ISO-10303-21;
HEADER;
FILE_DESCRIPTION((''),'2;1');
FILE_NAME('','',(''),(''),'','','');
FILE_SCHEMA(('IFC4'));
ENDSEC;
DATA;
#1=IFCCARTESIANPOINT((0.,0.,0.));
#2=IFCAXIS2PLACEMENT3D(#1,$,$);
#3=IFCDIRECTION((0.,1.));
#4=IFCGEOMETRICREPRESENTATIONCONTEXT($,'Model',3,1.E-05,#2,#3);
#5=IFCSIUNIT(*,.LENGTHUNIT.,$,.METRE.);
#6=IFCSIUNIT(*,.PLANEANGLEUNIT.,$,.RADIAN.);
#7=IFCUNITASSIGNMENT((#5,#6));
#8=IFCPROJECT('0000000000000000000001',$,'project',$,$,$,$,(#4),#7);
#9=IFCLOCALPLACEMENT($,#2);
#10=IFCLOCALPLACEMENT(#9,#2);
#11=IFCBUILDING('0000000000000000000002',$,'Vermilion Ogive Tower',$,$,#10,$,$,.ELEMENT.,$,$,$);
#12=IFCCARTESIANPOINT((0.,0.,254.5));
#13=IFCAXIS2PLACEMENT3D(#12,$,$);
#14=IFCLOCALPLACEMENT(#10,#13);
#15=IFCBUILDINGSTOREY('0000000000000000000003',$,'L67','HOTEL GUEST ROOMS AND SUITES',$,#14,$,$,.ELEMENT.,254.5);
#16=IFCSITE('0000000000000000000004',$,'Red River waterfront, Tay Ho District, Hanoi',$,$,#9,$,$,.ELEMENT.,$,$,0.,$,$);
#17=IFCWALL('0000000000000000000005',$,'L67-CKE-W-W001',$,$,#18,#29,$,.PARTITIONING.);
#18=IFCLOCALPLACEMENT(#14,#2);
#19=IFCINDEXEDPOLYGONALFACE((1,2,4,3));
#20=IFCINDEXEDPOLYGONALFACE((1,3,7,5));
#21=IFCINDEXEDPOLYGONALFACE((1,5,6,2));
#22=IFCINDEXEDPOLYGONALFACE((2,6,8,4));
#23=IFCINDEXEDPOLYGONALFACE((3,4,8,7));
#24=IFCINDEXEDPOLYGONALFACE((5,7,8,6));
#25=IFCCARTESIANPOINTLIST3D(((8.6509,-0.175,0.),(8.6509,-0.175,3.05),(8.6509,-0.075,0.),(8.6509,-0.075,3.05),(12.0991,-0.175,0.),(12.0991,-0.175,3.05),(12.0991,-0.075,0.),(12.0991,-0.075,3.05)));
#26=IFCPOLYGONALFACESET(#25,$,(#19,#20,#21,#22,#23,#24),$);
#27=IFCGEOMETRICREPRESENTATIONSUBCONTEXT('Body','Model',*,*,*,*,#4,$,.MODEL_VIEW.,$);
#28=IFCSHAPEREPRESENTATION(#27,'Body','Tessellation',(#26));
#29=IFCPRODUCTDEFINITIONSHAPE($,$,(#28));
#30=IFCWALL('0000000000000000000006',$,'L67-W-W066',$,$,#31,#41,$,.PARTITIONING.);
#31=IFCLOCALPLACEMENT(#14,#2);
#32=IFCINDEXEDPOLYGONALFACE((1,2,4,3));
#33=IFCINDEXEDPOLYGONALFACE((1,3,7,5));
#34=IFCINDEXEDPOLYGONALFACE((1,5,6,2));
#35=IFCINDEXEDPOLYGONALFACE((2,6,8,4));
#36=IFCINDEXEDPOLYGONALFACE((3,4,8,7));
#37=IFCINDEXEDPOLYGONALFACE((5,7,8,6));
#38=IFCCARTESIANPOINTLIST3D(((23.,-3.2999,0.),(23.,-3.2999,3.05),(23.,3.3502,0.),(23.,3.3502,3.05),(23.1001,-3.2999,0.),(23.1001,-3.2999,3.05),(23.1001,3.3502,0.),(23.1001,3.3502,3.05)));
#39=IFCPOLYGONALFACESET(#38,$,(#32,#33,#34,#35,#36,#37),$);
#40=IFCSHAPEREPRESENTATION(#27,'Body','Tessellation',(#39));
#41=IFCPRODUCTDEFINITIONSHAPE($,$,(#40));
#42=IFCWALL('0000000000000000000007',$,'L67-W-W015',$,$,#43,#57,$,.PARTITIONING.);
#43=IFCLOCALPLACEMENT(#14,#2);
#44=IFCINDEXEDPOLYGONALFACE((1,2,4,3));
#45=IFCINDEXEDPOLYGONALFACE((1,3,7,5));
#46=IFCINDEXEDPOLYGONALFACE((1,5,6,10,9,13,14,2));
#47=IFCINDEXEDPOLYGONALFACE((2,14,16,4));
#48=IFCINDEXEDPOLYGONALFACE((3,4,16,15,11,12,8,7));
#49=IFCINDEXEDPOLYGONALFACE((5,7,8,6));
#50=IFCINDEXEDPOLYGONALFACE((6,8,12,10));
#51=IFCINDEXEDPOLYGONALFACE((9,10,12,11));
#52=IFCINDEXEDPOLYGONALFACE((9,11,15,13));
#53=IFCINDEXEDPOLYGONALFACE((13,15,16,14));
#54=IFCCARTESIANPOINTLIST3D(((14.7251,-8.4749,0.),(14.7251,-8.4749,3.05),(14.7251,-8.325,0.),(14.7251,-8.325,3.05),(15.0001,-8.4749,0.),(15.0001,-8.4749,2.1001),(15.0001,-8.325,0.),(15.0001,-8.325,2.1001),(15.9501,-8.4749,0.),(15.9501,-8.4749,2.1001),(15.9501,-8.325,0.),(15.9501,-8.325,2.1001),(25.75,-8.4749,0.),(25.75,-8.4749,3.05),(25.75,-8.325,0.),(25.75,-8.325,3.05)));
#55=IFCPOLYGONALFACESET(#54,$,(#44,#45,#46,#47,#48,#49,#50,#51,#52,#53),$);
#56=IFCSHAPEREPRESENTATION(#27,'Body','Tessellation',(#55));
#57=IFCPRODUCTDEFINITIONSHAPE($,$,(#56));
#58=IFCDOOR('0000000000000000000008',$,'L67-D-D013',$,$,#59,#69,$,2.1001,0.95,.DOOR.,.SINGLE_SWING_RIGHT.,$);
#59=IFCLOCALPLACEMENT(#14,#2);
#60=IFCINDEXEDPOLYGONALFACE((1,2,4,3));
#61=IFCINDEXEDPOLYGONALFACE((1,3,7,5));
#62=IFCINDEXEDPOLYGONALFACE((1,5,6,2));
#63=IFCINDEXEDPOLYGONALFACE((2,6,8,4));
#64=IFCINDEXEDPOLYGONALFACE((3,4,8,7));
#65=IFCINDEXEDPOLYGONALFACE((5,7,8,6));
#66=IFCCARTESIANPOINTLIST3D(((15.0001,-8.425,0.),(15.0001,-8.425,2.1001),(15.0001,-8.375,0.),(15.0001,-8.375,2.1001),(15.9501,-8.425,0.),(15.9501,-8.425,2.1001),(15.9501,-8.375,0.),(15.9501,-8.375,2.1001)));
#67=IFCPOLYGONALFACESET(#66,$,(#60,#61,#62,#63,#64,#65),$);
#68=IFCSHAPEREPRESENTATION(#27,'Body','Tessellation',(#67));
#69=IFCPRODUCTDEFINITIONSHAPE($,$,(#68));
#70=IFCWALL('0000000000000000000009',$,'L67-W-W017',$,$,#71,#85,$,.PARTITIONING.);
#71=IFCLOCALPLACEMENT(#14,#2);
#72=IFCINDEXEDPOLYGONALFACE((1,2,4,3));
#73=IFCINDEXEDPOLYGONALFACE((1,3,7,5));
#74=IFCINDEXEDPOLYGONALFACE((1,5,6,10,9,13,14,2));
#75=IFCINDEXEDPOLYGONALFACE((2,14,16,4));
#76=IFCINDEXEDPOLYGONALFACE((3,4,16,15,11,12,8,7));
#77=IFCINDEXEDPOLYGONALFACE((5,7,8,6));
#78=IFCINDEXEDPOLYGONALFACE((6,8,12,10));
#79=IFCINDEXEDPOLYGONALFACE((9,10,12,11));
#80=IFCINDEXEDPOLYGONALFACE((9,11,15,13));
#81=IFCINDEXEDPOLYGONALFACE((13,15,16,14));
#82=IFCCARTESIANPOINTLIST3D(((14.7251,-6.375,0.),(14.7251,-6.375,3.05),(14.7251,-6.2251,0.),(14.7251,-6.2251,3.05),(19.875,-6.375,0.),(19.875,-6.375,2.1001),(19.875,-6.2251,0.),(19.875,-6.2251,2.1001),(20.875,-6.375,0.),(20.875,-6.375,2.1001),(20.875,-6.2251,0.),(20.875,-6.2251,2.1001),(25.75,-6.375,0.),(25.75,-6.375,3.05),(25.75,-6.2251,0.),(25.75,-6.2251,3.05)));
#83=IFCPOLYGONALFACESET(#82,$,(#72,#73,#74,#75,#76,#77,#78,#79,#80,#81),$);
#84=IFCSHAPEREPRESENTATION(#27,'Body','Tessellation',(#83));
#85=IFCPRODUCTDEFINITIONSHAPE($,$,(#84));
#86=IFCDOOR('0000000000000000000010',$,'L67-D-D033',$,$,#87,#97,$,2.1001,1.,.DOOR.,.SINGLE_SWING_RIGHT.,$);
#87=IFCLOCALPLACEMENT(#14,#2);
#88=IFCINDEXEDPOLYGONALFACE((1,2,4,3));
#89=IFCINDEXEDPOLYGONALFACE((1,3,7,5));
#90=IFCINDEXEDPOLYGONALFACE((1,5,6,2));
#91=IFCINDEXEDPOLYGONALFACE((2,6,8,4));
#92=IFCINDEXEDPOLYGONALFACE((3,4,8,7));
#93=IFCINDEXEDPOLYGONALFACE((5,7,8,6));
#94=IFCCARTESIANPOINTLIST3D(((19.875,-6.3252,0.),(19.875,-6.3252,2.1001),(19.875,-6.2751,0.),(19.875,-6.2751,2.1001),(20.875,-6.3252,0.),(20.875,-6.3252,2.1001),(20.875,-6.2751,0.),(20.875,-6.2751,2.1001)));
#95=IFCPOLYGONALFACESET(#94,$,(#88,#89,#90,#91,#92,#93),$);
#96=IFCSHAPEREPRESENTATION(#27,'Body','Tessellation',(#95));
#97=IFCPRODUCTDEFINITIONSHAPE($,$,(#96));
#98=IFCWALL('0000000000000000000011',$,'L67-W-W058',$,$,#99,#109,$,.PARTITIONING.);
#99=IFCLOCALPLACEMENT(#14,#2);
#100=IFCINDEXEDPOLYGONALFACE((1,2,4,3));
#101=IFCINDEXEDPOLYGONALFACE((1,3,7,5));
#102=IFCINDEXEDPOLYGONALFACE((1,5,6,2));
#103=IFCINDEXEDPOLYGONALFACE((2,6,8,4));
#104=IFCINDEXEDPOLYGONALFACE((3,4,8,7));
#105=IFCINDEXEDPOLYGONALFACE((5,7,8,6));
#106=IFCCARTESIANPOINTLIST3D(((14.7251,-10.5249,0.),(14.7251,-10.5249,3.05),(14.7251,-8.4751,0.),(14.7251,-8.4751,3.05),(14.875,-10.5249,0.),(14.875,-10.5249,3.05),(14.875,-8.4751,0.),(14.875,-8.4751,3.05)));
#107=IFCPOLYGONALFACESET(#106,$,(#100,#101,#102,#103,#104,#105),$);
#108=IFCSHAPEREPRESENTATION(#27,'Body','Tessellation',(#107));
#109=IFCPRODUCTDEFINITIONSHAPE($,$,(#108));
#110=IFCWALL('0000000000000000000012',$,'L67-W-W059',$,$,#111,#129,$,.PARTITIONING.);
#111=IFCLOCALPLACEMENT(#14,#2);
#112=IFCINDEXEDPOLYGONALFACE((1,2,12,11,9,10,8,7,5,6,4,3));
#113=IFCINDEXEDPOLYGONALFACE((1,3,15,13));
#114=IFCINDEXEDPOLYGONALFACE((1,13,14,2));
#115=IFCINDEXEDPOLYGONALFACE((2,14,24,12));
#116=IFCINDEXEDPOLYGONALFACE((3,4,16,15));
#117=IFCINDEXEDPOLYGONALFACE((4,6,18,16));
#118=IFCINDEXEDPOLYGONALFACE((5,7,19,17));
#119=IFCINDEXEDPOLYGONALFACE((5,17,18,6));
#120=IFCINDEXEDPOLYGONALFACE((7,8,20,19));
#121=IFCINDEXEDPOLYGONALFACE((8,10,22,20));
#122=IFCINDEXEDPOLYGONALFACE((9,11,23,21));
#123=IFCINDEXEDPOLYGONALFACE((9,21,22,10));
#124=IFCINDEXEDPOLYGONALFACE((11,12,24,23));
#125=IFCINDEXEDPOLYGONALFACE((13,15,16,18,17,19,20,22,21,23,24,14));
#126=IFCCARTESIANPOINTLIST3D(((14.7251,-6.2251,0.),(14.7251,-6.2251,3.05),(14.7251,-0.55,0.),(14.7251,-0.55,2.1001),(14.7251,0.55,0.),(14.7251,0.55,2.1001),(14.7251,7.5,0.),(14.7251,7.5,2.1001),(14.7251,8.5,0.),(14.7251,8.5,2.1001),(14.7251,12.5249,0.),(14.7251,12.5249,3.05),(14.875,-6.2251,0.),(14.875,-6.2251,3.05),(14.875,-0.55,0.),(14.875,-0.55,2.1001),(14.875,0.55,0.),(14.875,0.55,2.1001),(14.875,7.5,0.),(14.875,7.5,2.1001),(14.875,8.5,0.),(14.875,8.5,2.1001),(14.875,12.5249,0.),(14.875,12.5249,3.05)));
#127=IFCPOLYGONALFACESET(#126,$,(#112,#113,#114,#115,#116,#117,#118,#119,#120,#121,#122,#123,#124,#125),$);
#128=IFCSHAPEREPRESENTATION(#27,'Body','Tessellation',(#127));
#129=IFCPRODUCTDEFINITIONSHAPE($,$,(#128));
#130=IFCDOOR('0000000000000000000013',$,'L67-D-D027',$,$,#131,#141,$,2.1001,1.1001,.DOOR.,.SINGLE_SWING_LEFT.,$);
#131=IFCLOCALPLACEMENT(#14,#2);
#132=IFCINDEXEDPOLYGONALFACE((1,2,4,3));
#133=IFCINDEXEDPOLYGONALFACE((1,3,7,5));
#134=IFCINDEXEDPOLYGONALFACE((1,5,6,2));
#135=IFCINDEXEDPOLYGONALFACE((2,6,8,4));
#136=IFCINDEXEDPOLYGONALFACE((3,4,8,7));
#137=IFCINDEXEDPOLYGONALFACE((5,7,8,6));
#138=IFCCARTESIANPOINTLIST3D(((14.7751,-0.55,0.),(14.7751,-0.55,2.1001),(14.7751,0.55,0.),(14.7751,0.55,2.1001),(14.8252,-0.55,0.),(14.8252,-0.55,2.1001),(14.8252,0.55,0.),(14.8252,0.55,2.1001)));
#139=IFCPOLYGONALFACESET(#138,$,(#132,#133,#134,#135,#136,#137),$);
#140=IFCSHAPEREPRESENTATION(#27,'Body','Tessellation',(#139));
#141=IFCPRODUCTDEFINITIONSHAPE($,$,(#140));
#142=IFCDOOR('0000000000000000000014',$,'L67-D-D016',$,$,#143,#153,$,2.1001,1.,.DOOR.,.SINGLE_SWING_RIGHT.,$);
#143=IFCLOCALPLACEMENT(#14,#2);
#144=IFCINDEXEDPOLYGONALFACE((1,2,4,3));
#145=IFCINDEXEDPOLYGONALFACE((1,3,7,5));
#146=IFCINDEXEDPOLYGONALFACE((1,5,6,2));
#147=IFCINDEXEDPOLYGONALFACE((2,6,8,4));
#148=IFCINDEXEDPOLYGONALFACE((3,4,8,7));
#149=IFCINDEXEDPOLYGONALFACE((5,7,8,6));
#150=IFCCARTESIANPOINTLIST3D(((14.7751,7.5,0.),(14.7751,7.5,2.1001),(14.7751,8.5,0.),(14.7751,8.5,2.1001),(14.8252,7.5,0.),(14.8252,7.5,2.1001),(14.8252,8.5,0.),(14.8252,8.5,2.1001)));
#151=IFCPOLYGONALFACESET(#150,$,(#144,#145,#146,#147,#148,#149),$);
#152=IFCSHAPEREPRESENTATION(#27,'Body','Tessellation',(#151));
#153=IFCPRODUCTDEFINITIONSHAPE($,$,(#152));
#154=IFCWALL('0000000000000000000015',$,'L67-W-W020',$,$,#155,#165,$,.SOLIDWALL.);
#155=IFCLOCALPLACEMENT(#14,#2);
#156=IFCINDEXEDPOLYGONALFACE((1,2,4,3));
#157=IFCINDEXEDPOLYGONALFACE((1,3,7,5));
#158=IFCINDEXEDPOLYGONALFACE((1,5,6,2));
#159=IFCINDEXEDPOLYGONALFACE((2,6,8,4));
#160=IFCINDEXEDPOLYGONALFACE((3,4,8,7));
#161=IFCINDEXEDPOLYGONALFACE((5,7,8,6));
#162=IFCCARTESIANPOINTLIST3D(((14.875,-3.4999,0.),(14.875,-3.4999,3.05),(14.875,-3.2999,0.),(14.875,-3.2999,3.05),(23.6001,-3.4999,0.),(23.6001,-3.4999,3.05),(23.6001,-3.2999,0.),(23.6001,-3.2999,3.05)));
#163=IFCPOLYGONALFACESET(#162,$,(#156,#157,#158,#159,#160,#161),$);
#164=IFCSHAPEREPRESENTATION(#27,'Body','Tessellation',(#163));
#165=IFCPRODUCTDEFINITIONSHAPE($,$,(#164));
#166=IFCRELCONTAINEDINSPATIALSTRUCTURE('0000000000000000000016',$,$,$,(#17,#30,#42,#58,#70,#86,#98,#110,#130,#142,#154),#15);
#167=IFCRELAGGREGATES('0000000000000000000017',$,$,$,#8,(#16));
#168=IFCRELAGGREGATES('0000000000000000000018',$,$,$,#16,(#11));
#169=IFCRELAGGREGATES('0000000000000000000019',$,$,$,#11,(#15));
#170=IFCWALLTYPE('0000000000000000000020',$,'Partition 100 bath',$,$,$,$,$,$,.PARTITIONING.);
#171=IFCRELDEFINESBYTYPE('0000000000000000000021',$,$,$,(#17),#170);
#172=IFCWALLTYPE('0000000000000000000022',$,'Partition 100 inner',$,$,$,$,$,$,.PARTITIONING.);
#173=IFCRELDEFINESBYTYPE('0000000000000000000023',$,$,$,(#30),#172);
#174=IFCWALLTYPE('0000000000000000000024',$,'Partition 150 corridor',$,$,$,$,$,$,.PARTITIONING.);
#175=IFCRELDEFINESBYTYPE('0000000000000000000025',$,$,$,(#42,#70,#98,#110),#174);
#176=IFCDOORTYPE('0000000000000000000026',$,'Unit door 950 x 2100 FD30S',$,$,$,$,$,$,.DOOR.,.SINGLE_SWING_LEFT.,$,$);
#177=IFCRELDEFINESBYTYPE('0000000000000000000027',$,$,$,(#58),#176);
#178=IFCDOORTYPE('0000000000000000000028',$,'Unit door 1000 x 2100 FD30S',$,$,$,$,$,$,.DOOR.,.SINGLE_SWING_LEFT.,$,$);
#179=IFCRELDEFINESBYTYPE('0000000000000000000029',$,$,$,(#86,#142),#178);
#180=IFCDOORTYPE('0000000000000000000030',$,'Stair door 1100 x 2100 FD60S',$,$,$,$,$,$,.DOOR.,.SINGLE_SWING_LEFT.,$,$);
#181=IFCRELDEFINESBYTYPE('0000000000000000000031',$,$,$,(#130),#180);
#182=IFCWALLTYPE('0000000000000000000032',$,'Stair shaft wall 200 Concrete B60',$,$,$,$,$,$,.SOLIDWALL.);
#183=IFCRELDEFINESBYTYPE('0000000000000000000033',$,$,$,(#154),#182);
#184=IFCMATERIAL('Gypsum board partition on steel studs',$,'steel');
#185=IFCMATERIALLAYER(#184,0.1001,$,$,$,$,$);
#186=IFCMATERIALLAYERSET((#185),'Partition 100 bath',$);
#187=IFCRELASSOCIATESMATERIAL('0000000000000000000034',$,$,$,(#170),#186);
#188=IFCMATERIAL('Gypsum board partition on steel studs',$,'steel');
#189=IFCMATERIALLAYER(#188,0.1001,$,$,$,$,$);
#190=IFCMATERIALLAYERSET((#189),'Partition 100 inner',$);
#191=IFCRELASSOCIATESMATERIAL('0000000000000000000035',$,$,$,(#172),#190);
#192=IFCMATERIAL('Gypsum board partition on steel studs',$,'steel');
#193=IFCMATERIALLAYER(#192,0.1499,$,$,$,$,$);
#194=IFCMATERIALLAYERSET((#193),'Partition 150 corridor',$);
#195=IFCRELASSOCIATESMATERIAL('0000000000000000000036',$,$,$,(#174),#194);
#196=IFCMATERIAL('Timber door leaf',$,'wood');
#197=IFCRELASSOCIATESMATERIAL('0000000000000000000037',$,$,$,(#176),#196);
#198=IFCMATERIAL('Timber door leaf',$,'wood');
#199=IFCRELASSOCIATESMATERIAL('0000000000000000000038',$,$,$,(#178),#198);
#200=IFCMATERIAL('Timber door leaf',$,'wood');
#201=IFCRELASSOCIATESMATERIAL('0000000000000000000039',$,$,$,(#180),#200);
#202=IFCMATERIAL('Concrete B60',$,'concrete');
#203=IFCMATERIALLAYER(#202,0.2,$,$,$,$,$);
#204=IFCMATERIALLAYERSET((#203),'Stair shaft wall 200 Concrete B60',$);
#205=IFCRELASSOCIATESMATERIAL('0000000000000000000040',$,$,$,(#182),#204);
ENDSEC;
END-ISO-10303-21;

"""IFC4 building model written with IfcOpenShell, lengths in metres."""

from ifc_helpers import new_model, si_unit, direction, frame, frame_2d, origin, place, context, subcontext, project, spatial, rectangle, extrude, material, layer, layer_set, type_object, element, fill, save


model = new_model("IFC4")

# Units and contexts
model_context = context("Model", 3, precision=1e-05, world=origin(), true_north=direction((0.0, 1.0)))
body_context = subcontext(model_context, "Body", "Model", "MODEL_VIEW")
ifc_project = project(units=[si_unit("LENGTHUNIT", "METRE"), si_unit("PLANEANGLEUNIT", "RADIAN")], contexts=[model_context])

# Site, building, storey
site_placement = place(None, origin())
site = spatial("IfcSite", under=ifc_project, at=site_placement, Name="Red River waterfront, Tay Ho District, Hanoi", CompositionType="ELEMENT", RefElevation=0.0)
building_placement = place(site_placement, origin())
building = spatial("IfcBuilding", under=site, at=building_placement, Name="Vermilion Ogive Tower", CompositionType="ELEMENT")
storey_placement = place(building_placement, frame((0.0, 0.0, 254.5)))
storey = spatial("IfcBuildingStorey", under=building, at=storey_placement, Name="L67", Description="HOTEL GUEST ROOMS AND SUITES", CompositionType="ELEMENT", Elevation=254.5)

# Walls
ifc_material_1 = material(Name="Gypsum board partition on steel studs", Category="steel")
ifc_layer_1 = layer(ifc_material_1, 0.1001)
ifc_layer_set_1 = layer_set([ifc_layer_1], Name="Partition 100 bath")
wall_type_1 = type_object("IfcWallType", Name="Partition 100 bath", PredefinedType="PARTITIONING", material=ifc_layer_set_1)
wall_1_placement = place(storey_placement, frame((8.6509, -0.125, 0.0), z_axis=(0.0, 0.0, 1.0), x_axis=(1.0, 0.0, 0.0)))
element("IfcWall", 1, at=wall_1_placement, inside=storey, type_object=wall_type_1, Name="L67-CKE-W-W001", PredefinedType="PARTITIONING", context=body_context, shape_type="SweptSolid", body=[
    extrude(rectangle(XDim=3.4482, YDim=0.1001, at=frame_2d((1.7241, 0.0))), origin(), (0.0, 0.0, 1.0), 3.05),
])
ifc_material_2 = material(Name="Gypsum board partition on steel studs", Category="steel")
ifc_layer_2 = layer(ifc_material_2, 0.1001)
ifc_layer_set_2 = layer_set([ifc_layer_2], Name="Partition 100 inner")
wall_type_2 = type_object("IfcWallType", Name="Partition 100 inner", PredefinedType="PARTITIONING", material=ifc_layer_set_2)
wall_2_placement = place(storey_placement, frame((23.05, -3.3, 0.0), z_axis=(0.0, 0.0, 1.0), x_axis=(0.0, 1.0, 0.0)))
element("IfcWall", 2, at=wall_2_placement, inside=storey, type_object=wall_type_2, Name="L67-W-W066", PredefinedType="PARTITIONING", context=body_context, shape_type="SweptSolid", body=[
    extrude(rectangle(XDim=6.6501, YDim=0.1001, at=frame_2d((3.3252, 0.0))), origin(), (0.0, 0.0, 1.0), 3.05),
])

# Walls, openings, doors
ifc_material_3 = material(Name="Gypsum board partition on steel studs", Category="steel")
ifc_layer_3 = layer(ifc_material_3, 0.1499)
ifc_layer_set_3 = layer_set([ifc_layer_3], Name="Partition 150 corridor")
wall_type_3 = type_object("IfcWallType", Name="Partition 150 corridor", PredefinedType="PARTITIONING", material=ifc_layer_set_3)
wall_3_placement = place(storey_placement, frame((14.7251, -8.3999, 0.0), z_axis=(0.0, 0.0, 1.0), x_axis=(1.0, 0.0, 0.0)))
wall_3 = element("IfcWall", 3, at=wall_3_placement, inside=storey, type_object=wall_type_3, Name="L67-W-W015", PredefinedType="PARTITIONING", context=body_context, shape_type="SweptSolid", body=[
    extrude(rectangle(XDim=11.0249, YDim=0.1499, at=frame_2d((5.5125, 0.0))), origin(), (0.0, 0.0, 1.0), 3.05),
])
opening_1_placement = place(wall_3_placement, frame((0.2749, 0.0, 0.0)))
opening_1 = element("IfcOpeningElement", 4, at=opening_1_placement, cuts=wall_3, PredefinedType="OPENING", context=body_context, shape_type="SweptSolid", body=[
    extrude(rectangle(XDim=0.95, YDim=2.1001, at=frame_2d((0.4751, 1.05))), frame((0.0, 0.085, 0.0), z_axis=(0.0, -1.0, 0.0), x_axis=(1.0, 0.0, 0.0)), (0.0, 0.0, 1.0), 0.1699),
])
ifc_material_4 = material(Name="Timber door leaf", Category="wood")
door_type_1 = type_object("IfcDoorType", Name="Unit door 950 x 2100 FD30S", OperationType="SINGLE_SWING_LEFT", PredefinedType="DOOR", material=ifc_material_4)
door_1_placement = place(opening_1_placement, origin())
door_1 = element("IfcDoor", 5, at=door_1_placement, inside=storey, type_object=door_type_1, Name="L67-D-D013", OperationType="SINGLE_SWING_RIGHT", OverallHeight=2.1001, OverallWidth=0.95, PredefinedType="DOOR", context=body_context, shape_type="SweptSolid", body=[
    extrude(rectangle(XDim=0.95, YDim=2.1001, at=frame_2d((0.4751, 1.05))), frame((0.0, 0.0249, 0.0), z_axis=(0.0, -1.0, 0.0), x_axis=(1.0, 0.0, 0.0)), (0.0, 0.0, 1.0), 0.05),
])
fill(opening_1, door_1)
wall_4_placement = place(storey_placement, frame((14.7251, -6.3, 0.0), z_axis=(0.0, 0.0, 1.0), x_axis=(1.0, 0.0, 0.0)))
wall_4 = element("IfcWall", 6, at=wall_4_placement, inside=storey, type_object=wall_type_3, Name="L67-W-W017", PredefinedType="PARTITIONING", context=body_context, shape_type="SweptSolid", body=[
    extrude(rectangle(XDim=11.0249, YDim=0.1499, at=frame_2d((5.5125, 0.0))), origin(), (0.0, 0.0, 1.0), 3.05),
])
opening_2_placement = place(wall_4_placement, frame((5.1499, 0.0, 0.0)))
opening_2 = element("IfcOpeningElement", 7, at=opening_2_placement, cuts=wall_4, PredefinedType="OPENING", context=body_context, shape_type="SweptSolid", body=[
    extrude(rectangle(XDim=1.0, YDim=2.1001, at=frame_2d((0.5, 1.05))), frame((0.0, 0.085, 0.0), z_axis=(0.0, -1.0, 0.0), x_axis=(1.0, 0.0, 0.0)), (0.0, 0.0, 1.0), 0.1699),
])
ifc_material_5 = material(Name="Timber door leaf", Category="wood")
door_type_2 = type_object("IfcDoorType", Name="Unit door 1000 x 2100 FD30S", OperationType="SINGLE_SWING_LEFT", PredefinedType="DOOR", material=ifc_material_5)
door_2_placement = place(opening_2_placement, origin())
door_2 = element("IfcDoor", 8, at=door_2_placement, inside=storey, type_object=door_type_2, Name="L67-D-D033", OperationType="SINGLE_SWING_RIGHT", OverallHeight=2.1001, OverallWidth=1.0, PredefinedType="DOOR", context=body_context, shape_type="SweptSolid", body=[
    extrude(rectangle(XDim=1.0, YDim=2.1001, at=frame_2d((0.5, 1.05))), frame((0.0, 0.0249, 0.0), z_axis=(0.0, -1.0, 0.0), x_axis=(1.0, 0.0, 0.0)), (0.0, 0.0, 1.0), 0.05),
])
fill(opening_2, door_2)

# Wall
wall_5_placement = place(storey_placement, frame((14.8, -10.5249, 0.0), z_axis=(0.0, 0.0, 1.0), x_axis=(0.0, 1.0, 0.0)))
element("IfcWall", 9, at=wall_5_placement, inside=storey, type_object=wall_type_3, Name="L67-W-W058", PredefinedType="PARTITIONING", context=body_context, shape_type="SweptSolid", body=[
    extrude(rectangle(XDim=2.0498, YDim=0.1499, at=frame_2d((1.0249, 0.0))), origin(), (0.0, 0.0, 1.0), 3.05),
])

# Wall, openings, doors
wall_6_placement = place(storey_placement, frame((14.8, -6.2251, 0.0), z_axis=(0.0, 0.0, 1.0), x_axis=(0.0, 1.0, 0.0)))
wall_6 = element("IfcWall", 10, at=wall_6_placement, inside=storey, type_object=wall_type_3, Name="L67-W-W059", PredefinedType="PARTITIONING", context=body_context, shape_type="SweptSolid", body=[
    extrude(rectangle(XDim=18.75, YDim=0.1499, at=frame_2d((9.375, 0.0))), origin(), (0.0, 0.0, 1.0), 3.05),
])
opening_3_placement = place(wall_6_placement, frame((13.7251, 0.0, 0.0)))
opening_3 = element("IfcOpeningElement", 11, at=opening_3_placement, cuts=wall_6, PredefinedType="OPENING", context=body_context, shape_type="SweptSolid", body=[
    extrude(rectangle(XDim=1.0, YDim=2.1001, at=frame_2d((0.5, 1.05))), frame((0.0, 0.085, 0.0), z_axis=(0.0, -1.0, 0.0), x_axis=(1.0, 0.0, 0.0)), (0.0, 0.0, 1.0), 0.1699),
])
opening_4_placement = place(wall_6_placement, frame((5.675, 0.0, 0.0)))
opening_4 = element("IfcOpeningElement", 12, at=opening_4_placement, cuts=wall_6, PredefinedType="OPENING", context=body_context, shape_type="SweptSolid", body=[
    extrude(rectangle(XDim=1.1001, YDim=2.1001, at=frame_2d((0.55, 1.05))), frame((0.0, 0.085, 0.0), z_axis=(0.0, -1.0, 0.0), x_axis=(1.0, 0.0, 0.0)), (0.0, 0.0, 1.0), 0.1699),
])
ifc_material_6 = material(Name="Timber door leaf", Category="wood")
door_type_3 = type_object("IfcDoorType", Name="Stair door 1100 x 2100 FD60S", OperationType="SINGLE_SWING_LEFT", PredefinedType="DOOR", material=ifc_material_6)
door_3_placement = place(opening_4_placement, origin())
door_3 = element("IfcDoor", 13, at=door_3_placement, inside=storey, type_object=door_type_3, Name="L67-D-D027", OperationType="SINGLE_SWING_LEFT", OverallHeight=2.1001, OverallWidth=1.1001, PredefinedType="DOOR", context=body_context, shape_type="SweptSolid", body=[
    extrude(rectangle(XDim=1.1001, YDim=2.1001, at=frame_2d((0.55, 1.05))), frame((0.0, 0.0249, 0.0), z_axis=(0.0, -1.0, 0.0), x_axis=(1.0, 0.0, 0.0)), (0.0, 0.0, 1.0), 0.05),
])
fill(opening_4, door_3)
door_4_placement = place(opening_3_placement, origin())
door_4 = element("IfcDoor", 14, at=door_4_placement, inside=storey, type_object=door_type_2, Name="L67-D-D016", OperationType="SINGLE_SWING_RIGHT", OverallHeight=2.1001, OverallWidth=1.0, PredefinedType="DOOR", context=body_context, shape_type="SweptSolid", body=[
    extrude(rectangle(XDim=1.0, YDim=2.1001, at=frame_2d((0.5, 1.05))), frame((0.0, 0.0249, 0.0), z_axis=(0.0, -1.0, 0.0), x_axis=(1.0, 0.0, 0.0)), (0.0, 0.0, 1.0), 0.05),
])
fill(opening_3, door_4)

# Wall
ifc_material_7 = material(Name="Concrete B60", Category="concrete")
ifc_layer_4 = layer(ifc_material_7, 0.2)
ifc_layer_set_4 = layer_set([ifc_layer_4], Name="Stair shaft wall 200 Concrete B60")
wall_type_4 = type_object("IfcWallType", Name="Stair shaft wall 200 Concrete B60", PredefinedType="SOLIDWALL", material=ifc_layer_set_4)
wall_7_placement = place(storey_placement, frame((14.875, -3.3999, 0.0), z_axis=(0.0, 0.0, 1.0), x_axis=(1.0, 0.0, 0.0)))
element("IfcWall", 15, at=wall_7_placement, inside=storey, type_object=wall_type_4, Name="L67-W-W020", PredefinedType="SOLIDWALL", context=body_context, shape_type="SweptSolid", body=[
    extrude(rectangle(XDim=8.7251, YDim=0.2, at=frame_2d((4.3625, 0.0))), origin(), (0.0, 0.0, 1.0), 3.05),
])

save(model, "model.ifc")
